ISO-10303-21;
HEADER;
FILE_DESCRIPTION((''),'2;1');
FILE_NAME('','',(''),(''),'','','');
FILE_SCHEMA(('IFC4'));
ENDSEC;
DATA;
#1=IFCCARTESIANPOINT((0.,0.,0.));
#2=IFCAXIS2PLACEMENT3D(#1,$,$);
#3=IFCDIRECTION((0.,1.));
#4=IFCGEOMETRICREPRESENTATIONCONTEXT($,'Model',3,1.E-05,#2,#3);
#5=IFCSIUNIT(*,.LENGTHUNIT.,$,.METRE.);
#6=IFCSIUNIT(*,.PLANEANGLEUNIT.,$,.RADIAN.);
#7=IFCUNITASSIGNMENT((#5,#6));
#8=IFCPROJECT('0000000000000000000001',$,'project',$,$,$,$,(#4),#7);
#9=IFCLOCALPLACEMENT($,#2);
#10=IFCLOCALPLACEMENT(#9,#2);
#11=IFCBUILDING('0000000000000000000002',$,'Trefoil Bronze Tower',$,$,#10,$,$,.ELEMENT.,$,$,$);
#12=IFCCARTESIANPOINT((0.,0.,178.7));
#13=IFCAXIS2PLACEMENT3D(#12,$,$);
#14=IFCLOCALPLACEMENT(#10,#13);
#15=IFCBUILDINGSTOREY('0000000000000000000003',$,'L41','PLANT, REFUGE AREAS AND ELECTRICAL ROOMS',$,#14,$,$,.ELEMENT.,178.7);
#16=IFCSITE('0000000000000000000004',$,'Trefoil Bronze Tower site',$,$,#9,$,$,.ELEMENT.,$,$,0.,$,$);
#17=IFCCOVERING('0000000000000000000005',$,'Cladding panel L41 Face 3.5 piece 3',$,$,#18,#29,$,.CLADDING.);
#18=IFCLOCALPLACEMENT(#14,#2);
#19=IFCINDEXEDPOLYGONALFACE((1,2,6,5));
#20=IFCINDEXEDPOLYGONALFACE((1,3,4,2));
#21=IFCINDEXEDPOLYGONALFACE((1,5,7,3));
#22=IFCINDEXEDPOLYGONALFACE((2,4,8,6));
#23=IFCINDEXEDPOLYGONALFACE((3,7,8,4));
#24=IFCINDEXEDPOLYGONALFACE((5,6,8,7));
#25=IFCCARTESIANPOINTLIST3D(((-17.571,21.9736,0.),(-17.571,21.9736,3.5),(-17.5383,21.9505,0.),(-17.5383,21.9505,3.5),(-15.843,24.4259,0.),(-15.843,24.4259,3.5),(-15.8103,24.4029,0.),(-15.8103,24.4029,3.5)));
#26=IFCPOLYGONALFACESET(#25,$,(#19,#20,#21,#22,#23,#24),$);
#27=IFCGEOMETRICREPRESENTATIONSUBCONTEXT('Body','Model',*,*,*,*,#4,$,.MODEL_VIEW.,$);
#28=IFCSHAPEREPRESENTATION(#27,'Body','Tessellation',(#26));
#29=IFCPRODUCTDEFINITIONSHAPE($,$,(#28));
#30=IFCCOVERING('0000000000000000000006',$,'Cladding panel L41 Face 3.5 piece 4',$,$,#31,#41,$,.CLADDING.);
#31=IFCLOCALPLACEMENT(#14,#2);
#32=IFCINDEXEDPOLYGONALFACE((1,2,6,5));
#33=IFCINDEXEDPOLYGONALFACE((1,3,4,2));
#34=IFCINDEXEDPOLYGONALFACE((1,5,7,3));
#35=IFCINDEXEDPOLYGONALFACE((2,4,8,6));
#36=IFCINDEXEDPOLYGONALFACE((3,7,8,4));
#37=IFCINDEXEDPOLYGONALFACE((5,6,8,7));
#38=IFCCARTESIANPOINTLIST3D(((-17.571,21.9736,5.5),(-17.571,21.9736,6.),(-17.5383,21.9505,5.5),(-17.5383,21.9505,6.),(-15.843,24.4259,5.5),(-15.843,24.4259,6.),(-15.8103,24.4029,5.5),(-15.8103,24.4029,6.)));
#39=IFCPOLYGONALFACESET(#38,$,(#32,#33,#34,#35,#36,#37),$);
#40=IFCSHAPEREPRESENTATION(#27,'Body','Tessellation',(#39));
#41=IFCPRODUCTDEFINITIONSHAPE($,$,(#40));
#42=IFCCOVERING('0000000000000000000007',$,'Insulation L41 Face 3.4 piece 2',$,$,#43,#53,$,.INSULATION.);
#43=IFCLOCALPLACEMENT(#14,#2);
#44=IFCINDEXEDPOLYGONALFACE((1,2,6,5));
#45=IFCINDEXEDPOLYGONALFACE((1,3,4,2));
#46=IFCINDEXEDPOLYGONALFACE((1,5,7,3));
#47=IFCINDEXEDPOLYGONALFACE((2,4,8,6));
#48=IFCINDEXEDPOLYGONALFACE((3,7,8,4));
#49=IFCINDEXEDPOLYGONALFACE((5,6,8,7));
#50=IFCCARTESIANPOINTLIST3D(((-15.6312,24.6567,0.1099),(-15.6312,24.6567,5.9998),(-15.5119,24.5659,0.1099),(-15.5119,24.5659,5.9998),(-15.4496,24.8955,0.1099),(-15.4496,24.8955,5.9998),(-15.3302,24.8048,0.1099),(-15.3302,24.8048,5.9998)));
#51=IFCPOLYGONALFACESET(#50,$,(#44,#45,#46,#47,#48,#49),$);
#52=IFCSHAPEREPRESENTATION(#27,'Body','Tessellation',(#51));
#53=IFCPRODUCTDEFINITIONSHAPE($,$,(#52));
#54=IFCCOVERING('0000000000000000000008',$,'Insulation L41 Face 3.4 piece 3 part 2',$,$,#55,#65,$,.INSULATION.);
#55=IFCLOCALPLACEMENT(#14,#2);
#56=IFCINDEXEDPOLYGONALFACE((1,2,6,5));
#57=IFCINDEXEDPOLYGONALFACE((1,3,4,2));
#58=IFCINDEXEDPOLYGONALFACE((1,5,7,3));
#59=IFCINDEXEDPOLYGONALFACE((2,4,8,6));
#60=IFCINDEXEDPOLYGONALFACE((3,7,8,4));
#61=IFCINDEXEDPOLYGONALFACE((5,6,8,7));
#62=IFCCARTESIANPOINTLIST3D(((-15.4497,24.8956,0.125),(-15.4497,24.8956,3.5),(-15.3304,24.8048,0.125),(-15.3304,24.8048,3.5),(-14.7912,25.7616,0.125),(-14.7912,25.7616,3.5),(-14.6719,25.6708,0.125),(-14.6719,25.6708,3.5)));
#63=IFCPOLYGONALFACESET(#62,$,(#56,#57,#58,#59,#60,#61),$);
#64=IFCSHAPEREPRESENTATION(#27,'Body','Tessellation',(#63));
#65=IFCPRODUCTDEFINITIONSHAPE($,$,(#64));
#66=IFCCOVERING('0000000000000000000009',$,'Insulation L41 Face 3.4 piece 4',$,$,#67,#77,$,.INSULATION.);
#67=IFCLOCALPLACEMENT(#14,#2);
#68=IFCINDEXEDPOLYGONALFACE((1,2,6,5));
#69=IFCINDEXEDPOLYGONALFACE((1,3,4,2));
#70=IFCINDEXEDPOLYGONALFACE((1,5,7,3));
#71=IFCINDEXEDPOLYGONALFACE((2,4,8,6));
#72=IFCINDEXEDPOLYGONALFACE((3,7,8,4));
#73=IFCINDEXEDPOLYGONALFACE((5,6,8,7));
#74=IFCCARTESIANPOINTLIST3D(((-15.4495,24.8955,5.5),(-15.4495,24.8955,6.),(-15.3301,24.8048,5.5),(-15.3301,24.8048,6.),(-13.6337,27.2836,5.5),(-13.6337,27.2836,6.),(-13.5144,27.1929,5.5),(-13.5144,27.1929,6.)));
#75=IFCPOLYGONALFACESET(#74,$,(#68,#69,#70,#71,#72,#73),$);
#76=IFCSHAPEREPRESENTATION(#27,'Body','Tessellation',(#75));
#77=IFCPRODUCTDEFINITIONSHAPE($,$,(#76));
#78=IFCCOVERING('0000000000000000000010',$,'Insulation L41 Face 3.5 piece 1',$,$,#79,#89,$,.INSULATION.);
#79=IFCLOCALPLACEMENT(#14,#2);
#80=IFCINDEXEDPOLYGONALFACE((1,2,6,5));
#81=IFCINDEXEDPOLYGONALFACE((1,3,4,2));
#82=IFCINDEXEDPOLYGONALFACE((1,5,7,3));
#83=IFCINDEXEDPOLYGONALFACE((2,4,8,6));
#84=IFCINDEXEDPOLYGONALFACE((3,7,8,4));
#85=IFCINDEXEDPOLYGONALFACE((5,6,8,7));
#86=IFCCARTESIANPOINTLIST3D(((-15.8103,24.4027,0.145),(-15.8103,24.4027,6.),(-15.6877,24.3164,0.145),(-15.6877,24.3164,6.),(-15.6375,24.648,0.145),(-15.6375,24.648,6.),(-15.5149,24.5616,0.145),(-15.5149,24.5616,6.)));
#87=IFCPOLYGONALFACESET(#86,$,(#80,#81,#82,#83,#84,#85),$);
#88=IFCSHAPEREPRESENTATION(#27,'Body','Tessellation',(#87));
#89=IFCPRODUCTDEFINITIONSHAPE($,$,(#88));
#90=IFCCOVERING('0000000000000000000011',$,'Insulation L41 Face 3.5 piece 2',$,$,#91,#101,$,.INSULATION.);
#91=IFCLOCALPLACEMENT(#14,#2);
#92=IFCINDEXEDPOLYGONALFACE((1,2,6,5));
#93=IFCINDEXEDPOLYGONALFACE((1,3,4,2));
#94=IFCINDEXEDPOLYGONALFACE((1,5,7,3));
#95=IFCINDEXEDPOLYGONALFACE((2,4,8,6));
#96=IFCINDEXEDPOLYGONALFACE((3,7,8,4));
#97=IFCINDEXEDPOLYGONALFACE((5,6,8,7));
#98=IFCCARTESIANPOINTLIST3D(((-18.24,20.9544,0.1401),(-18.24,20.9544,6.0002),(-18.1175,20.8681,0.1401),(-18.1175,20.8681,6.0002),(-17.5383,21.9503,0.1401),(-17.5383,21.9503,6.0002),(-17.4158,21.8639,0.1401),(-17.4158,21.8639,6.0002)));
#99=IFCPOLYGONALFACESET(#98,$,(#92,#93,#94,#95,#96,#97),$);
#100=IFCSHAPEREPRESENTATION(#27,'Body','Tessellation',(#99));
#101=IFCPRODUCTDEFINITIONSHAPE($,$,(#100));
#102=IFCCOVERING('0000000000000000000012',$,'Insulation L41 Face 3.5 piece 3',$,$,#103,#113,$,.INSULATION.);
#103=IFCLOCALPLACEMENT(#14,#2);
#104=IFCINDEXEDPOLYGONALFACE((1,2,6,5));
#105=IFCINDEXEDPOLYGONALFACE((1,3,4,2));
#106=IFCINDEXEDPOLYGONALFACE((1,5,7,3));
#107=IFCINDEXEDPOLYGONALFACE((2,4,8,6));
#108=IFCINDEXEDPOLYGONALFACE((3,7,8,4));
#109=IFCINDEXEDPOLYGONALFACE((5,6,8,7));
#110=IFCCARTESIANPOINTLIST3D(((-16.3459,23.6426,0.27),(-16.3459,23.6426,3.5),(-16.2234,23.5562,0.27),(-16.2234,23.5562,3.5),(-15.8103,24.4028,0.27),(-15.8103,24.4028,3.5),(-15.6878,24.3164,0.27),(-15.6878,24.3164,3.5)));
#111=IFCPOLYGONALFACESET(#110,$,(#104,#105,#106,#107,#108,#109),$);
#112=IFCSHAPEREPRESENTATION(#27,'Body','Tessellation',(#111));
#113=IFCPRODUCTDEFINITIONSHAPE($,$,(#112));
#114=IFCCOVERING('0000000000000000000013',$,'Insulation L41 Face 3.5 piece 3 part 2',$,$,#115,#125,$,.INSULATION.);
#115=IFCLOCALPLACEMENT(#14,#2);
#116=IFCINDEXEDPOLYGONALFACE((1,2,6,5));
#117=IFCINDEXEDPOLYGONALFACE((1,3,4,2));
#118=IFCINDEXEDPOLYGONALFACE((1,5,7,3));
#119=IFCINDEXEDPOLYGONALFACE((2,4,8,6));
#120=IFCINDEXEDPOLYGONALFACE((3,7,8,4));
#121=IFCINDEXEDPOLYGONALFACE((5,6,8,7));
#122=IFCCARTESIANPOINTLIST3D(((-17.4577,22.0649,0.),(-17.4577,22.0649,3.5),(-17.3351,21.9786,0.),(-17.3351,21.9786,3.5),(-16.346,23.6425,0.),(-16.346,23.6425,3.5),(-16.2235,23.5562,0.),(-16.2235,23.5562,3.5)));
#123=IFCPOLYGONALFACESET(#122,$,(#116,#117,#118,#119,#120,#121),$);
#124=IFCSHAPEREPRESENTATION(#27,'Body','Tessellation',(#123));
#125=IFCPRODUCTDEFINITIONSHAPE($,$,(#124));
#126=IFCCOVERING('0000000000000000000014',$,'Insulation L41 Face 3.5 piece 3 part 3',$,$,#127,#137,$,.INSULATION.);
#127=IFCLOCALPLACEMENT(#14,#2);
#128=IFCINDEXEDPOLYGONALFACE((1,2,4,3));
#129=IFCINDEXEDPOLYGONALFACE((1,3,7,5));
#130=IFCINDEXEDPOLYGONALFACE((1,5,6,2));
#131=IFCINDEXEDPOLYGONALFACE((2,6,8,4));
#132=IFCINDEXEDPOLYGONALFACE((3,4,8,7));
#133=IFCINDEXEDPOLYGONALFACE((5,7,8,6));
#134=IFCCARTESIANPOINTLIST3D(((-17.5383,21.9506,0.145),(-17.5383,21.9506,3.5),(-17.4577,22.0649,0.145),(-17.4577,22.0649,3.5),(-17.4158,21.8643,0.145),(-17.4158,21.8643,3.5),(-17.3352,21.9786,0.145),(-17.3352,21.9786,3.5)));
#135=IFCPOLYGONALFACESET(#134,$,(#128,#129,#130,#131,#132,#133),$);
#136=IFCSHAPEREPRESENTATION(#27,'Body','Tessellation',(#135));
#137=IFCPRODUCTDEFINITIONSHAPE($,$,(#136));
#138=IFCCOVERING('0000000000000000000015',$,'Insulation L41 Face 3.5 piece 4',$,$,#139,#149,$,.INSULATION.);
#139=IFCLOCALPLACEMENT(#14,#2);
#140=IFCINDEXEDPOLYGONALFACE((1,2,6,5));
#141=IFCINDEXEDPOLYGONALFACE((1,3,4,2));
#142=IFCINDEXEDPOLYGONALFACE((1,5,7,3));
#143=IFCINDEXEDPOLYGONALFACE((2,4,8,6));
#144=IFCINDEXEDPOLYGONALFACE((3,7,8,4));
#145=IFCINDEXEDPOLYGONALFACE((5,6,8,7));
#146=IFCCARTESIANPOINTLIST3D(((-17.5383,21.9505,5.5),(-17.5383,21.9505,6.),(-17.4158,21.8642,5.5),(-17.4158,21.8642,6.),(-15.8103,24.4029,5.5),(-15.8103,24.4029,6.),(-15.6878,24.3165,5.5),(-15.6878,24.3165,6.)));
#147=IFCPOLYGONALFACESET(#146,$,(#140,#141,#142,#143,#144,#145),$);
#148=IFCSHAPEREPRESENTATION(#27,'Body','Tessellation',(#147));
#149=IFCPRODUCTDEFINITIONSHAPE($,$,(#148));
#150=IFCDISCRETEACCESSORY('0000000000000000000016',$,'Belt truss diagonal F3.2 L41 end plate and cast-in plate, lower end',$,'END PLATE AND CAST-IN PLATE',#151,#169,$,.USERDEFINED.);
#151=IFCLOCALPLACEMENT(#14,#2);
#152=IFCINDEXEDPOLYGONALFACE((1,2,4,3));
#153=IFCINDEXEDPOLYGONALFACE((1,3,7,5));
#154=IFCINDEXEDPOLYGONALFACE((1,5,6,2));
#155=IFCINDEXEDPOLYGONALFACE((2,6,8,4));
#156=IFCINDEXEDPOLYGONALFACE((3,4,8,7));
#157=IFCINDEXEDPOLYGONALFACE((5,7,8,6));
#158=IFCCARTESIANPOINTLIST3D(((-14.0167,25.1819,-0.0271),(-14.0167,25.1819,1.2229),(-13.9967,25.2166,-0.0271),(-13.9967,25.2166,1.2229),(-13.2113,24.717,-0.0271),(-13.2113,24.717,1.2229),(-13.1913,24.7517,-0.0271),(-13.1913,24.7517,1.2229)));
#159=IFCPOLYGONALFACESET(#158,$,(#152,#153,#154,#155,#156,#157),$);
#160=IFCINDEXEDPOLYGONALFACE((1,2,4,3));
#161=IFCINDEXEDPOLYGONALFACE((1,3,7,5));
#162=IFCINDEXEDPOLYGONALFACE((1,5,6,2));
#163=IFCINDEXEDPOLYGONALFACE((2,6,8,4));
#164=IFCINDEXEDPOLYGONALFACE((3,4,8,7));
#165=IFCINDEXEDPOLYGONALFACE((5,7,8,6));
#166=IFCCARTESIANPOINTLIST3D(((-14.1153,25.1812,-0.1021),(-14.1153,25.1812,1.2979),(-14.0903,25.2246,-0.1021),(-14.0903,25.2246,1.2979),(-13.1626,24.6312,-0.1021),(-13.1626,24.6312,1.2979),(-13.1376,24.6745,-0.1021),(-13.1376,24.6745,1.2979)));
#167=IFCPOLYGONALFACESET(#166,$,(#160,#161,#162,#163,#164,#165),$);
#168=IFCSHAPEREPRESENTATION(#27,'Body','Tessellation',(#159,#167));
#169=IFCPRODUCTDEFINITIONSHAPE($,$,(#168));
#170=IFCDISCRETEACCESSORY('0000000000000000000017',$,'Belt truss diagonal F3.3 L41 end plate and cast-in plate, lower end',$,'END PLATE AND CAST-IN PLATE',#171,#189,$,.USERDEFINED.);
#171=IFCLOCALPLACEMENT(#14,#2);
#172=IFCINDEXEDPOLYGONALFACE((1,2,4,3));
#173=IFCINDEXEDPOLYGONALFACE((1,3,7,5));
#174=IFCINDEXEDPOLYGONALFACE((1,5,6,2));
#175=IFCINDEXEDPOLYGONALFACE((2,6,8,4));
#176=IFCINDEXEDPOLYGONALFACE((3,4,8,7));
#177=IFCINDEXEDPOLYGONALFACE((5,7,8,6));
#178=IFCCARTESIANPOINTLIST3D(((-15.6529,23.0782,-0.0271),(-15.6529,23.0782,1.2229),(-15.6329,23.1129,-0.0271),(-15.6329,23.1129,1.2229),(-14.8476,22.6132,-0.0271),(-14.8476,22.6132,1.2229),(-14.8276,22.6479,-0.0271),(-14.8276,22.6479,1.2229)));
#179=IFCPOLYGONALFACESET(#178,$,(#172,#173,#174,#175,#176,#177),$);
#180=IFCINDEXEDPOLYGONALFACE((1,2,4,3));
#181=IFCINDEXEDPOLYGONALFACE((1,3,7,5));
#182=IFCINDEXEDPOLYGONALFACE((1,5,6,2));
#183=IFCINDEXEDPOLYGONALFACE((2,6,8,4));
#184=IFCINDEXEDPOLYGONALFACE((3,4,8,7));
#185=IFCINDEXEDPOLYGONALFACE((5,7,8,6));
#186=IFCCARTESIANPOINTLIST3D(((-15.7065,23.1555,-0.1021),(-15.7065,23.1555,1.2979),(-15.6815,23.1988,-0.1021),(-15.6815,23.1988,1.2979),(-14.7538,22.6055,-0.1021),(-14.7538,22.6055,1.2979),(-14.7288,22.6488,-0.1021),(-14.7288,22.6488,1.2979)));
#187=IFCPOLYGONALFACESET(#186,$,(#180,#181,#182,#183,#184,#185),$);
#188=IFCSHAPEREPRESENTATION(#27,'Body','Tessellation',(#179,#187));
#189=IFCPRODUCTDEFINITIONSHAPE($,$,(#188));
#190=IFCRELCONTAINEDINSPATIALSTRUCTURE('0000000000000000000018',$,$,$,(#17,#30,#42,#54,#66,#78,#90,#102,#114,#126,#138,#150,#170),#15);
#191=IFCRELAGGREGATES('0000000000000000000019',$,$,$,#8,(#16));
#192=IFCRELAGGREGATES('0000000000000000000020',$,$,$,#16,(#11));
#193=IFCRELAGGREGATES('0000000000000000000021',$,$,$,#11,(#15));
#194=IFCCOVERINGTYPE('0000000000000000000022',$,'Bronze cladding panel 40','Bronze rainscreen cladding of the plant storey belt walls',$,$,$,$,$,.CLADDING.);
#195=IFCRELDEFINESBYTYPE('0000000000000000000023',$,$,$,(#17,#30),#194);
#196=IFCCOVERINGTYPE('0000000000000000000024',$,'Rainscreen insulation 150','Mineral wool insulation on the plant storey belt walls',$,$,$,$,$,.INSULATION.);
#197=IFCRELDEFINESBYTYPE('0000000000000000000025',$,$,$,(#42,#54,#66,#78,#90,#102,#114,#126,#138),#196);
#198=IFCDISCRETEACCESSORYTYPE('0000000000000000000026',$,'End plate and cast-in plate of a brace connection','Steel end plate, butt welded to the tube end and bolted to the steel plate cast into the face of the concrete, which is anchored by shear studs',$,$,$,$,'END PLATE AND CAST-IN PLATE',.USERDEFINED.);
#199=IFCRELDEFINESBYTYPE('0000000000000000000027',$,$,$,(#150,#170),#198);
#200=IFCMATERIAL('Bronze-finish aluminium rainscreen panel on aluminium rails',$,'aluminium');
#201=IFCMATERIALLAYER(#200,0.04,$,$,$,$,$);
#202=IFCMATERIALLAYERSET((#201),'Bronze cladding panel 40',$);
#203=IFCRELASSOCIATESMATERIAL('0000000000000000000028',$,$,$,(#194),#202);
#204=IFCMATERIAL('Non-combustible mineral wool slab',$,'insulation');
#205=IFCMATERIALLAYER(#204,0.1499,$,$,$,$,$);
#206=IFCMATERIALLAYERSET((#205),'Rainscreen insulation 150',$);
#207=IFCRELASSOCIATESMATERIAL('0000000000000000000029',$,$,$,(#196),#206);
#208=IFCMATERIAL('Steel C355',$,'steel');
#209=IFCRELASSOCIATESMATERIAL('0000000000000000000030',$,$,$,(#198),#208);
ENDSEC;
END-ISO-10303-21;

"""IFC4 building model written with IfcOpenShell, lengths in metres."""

from ifc_helpers import new_model, si_unit, direction, frame, origin, origin_2d, place, context, subcontext, project, spatial, rectangle, extrude, material, layer, layer_set, type_object, element, save


model = new_model("IFC4")

# Units and contexts
model_context = context("Model", 3, precision=1e-05, world=origin(), true_north=direction((0.0, 1.0)))
body_context = subcontext(model_context, "Body", "Model", "MODEL_VIEW")
ifc_project = project(units=[si_unit("LENGTHUNIT", "METRE"), si_unit("PLANEANGLEUNIT", "RADIAN")], contexts=[model_context])

# Site, building, storey
site_placement = place(None, origin())
site = spatial("IfcSite", under=ifc_project, at=site_placement, Name="Trefoil Bronze Tower site", CompositionType="ELEMENT", RefElevation=0.0)
building_placement = place(site_placement, origin())
building = spatial("IfcBuilding", under=site, at=building_placement, Name="Trefoil Bronze Tower", CompositionType="ELEMENT")
storey_placement = place(building_placement, frame((0.0, 0.0, 178.7)))
storey = spatial("IfcBuildingStorey", under=building, at=storey_placement, Name="L41", Description="PLANT, REFUGE AREAS AND ELECTRICAL ROOMS", CompositionType="ELEMENT", Elevation=178.7)

# Coverings
ifc_material_1 = material(Name="Bronze-finish aluminium rainscreen panel on aluminium rails", Category="aluminium")
ifc_layer_1 = layer(ifc_material_1, 0.04)
ifc_layer_set_1 = layer_set([ifc_layer_1], Name="Bronze cladding panel 40")
covering_type_1 = type_object("IfcCoveringType", Name="Bronze cladding panel 40", Description="Bronze rainscreen cladding of the plant storey belt walls", PredefinedType="CLADDING", material=ifc_layer_set_1)
covering_1_placement = place(storey_placement, frame((-16.6907, 23.1882, 0.0), z_axis=(0.0, 0.0, 1.0), x_axis=(-0.575999, -0.81745, 0.0)))
element("IfcCovering", 1, at=covering_1_placement, inside=storey, type_object=covering_type_1, Name="Cladding panel L41 Face 3.5 piece 3", PredefinedType="CLADDING", context=body_context, shape_type="SweptSolid", body=[
    extrude(rectangle(XDim=3.0, YDim=0.04, at=origin_2d()), origin(), (0.0, 0.0, 1.0), 3.5),
])
covering_2_placement = place(storey_placement, frame((-16.6907, 23.1882, 5.5), z_axis=(0.0, 0.0, 1.0), x_axis=(-0.575999, -0.81745, 0.0)))
element("IfcCovering", 2, at=covering_2_placement, inside=storey, type_object=covering_type_1, Name="Cladding panel L41 Face 3.5 piece 4", PredefinedType="CLADDING", context=body_context, shape_type="SweptSolid", body=[
    extrude(rectangle(XDim=3.0, YDim=0.04, at=origin_2d()), origin(), (0.0, 0.0, 1.0), 0.5),
])
ifc_material_2 = material(Name="Non-combustible mineral wool slab", Category="insulation")
ifc_layer_2 = layer(ifc_material_2, 0.1499)
ifc_layer_set_2 = layer_set([ifc_layer_2], Name="Rainscreen insulation 150")
covering_type_2 = type_object("IfcCoveringType", Name="Rainscreen insulation 150", Description="Mineral wool insulation on the plant storey belt walls", PredefinedType="INSULATION", material=ifc_layer_set_2)
covering_3_placement = place(storey_placement, frame((-15.4807, 24.7307, 0.1099), z_axis=(0.0, 0.0, 1.0), x_axis=(-0.605252, -0.796034, 0.0)))
element("IfcCovering", 3, at=covering_3_placement, inside=storey, type_object=covering_type_2, Name="Insulation L41 Face 3.4 piece 2", PredefinedType="INSULATION", context=body_context, shape_type="SweptSolid", body=[
    extrude(rectangle(XDim=0.3, YDim=0.1499, at=origin_2d()), origin(), (0.0, 0.0, 1.0), 5.8899),
])
covering_4_placement = place(storey_placement, frame((-15.0608, 25.2832, 0.125), z_axis=(0.0, 0.0, 1.0), x_axis=(-0.605252, -0.796034, 0.0)))
element("IfcCovering", 4, at=covering_4_placement, inside=storey, type_object=covering_type_2, Name="Insulation L41 Face 3.4 piece 3 part 2", PredefinedType="INSULATION", context=body_context, shape_type="SweptSolid", body=[
    extrude(rectangle(XDim=1.0879, YDim=0.1499, at=origin_2d()), origin(), (0.0, 0.0, 1.0), 3.375),
])
covering_5_placement = place(storey_placement, frame((-14.4819, 26.0442, 5.5), z_axis=(0.0, 0.0, 1.0), x_axis=(-0.605252, -0.796034, 0.0)))
element("IfcCovering", 5, at=covering_5_placement, inside=storey, type_object=covering_type_2, Name="Insulation L41 Face 3.4 piece 4", PredefinedType="INSULATION", context=body_context, shape_type="SweptSolid", body=[
    extrude(rectangle(XDim=3.0, YDim=0.1499, at=origin_2d()), origin(), (0.0, 0.0, 1.0), 0.5),
])
covering_6_placement = place(storey_placement, frame((-15.6626, 24.4822, 0.145), z_axis=(0.0, 0.0, 1.0), x_axis=(-0.575999, -0.81745, 0.0)))
element("IfcCovering", 6, at=covering_6_placement, inside=storey, type_object=covering_type_2, Name="Insulation L41 Face 3.5 piece 1", PredefinedType="INSULATION", context=body_context, shape_type="SweptSolid", body=[
    extrude(rectangle(XDim=0.3, YDim=0.1499, at=origin_2d()), origin(), (0.0, 0.0, 1.0), 5.855),
])
covering_7_placement = place(storey_placement, frame((-17.8279, 21.4092, 0.1401), z_axis=(0.0, 0.0, 1.0), x_axis=(-0.575999, -0.81745, 0.0)))
element("IfcCovering", 7, at=covering_7_placement, inside=storey, type_object=covering_type_2, Name="Insulation L41 Face 3.5 piece 2", PredefinedType="INSULATION", context=body_context, shape_type="SweptSolid", body=[
    extrude(rectangle(XDim=1.2183, YDim=0.1499, at=origin_2d()), origin(), (0.0, 0.0, 1.0), 5.8601),
])
covering_8_placement = place(storey_placement, frame((-16.0168, 23.9795, 0.27), z_axis=(0.0, 0.0, 1.0), x_axis=(-0.575999, -0.81745, 0.0)))
element("IfcCovering", 8, at=covering_8_placement, inside=storey, type_object=covering_type_2, Name="Insulation L41 Face 3.5 piece 3", PredefinedType="INSULATION", context=body_context, shape_type="SweptSolid", body=[
    extrude(rectangle(XDim=0.9299, YDim=0.1499, at=origin_2d()), origin(), (0.0, 0.0, 1.0), 3.23),
])
covering_9_placement = place(storey_placement, frame((-16.8406, 22.8105, 0.0), z_axis=(0.0, 0.0, 1.0), x_axis=(-0.575999, -0.81745, 0.0)))
element("IfcCovering", 9, at=covering_9_placement, inside=storey, type_object=covering_type_2, Name="Insulation L41 Face 3.5 piece 3 part 2", PredefinedType="INSULATION", context=body_context, shape_type="SweptSolid", body=[
    extrude(rectangle(XDim=1.9299, YDim=0.1499, at=origin_2d()), origin(), (0.0, 0.0, 1.0), 3.5),
])
covering_10_placement = place(storey_placement, frame((-17.4368, 21.9646, 0.145), z_axis=(0.0, 0.0, 1.0), x_axis=(-0.575999, -0.81745, 0.0)))
element("IfcCovering", 10, at=covering_10_placement, inside=storey, type_object=covering_type_2, Name="Insulation L41 Face 3.5 piece 3 part 3", PredefinedType="INSULATION", context=body_context, shape_type="SweptSolid", body=[
    extrude(rectangle(XDim=0.1399, YDim=0.1499, at=origin_2d()), origin(), (0.0, 0.0, 1.0), 3.355),
])
covering_11_placement = place(storey_placement, frame((-16.613, 23.1335, 5.5), z_axis=(0.0, 0.0, 1.0), x_axis=(-0.575999, -0.81745, 0.0)))
element("IfcCovering", 11, at=covering_11_placement, inside=storey, type_object=covering_type_2, Name="Insulation L41 Face 3.5 piece 4", PredefinedType="INSULATION", context=body_context, shape_type="SweptSolid", body=[
    extrude(rectangle(XDim=3.0, YDim=0.1499, at=origin_2d()), origin(), (0.0, 0.0, 1.0), 0.5),
])

# Discrete accessories
ifc_material_3 = material(Name="Steel C355", Category="steel")
discrete_accessory_type = type_object("IfcDiscreteAccessoryType", Name="End plate and cast-in plate of a brace connection", Description="Steel end plate, butt welded to the tube end and bolted to the steel plate cast into the face of the concrete, which is anchored by shear studs", ElementType="END PLATE AND CAST-IN PLATE", PredefinedType="USERDEFINED", material=ifc_material_3)
discrete_accessory_1_placement = place(storey_placement, frame((-13.614, 24.9495, 0.5979), z_axis=(0.0, 0.0, 1.0), x_axis=(0.5, 0.866025, 0.0)))
element("IfcDiscreteAccessory", 12, at=discrete_accessory_1_placement, inside=storey, type_object=discrete_accessory_type, Name="Belt truss diagonal F3.2 L41 end plate and cast-in plate, lower end", ObjectType="END PLATE AND CAST-IN PLATE", PredefinedType="USERDEFINED", context=body_context, shape_type="SweptSolid", body=[
    extrude(rectangle(XDim=0.04, YDim=0.9299, at=origin_2d()), frame((0.02, 0.0, -0.625)), (0.0, 0.0, 1.0), 1.25),
    extrude(rectangle(XDim=0.05, YDim=1.1001, at=origin_2d()), frame((-0.0249, 0.0, -0.7)), (0.0, 0.0, 1.0), 1.3999),
])
discrete_accessory_2_placement = place(storey_placement, frame((-15.2302, 22.8804, 0.5979), z_axis=(0.0, 0.0, 1.0), x_axis=(-0.5, -0.866025, 0.0)))
element("IfcDiscreteAccessory", 13, at=discrete_accessory_2_placement, inside=storey, type_object=discrete_accessory_type, Name="Belt truss diagonal F3.3 L41 end plate and cast-in plate, lower end", ObjectType="END PLATE AND CAST-IN PLATE", PredefinedType="USERDEFINED", context=body_context, shape_type="SweptSolid", body=[
    extrude(rectangle(XDim=0.04, YDim=0.9299, at=origin_2d()), frame((0.02, 0.0, -0.625)), (0.0, 0.0, 1.0), 1.25),
    extrude(rectangle(XDim=0.05, YDim=1.1001, at=origin_2d()), frame((-0.0251, 0.0, -0.7)), (0.0, 0.0, 1.0), 1.3999),
])

save(model, "model.ifc")
